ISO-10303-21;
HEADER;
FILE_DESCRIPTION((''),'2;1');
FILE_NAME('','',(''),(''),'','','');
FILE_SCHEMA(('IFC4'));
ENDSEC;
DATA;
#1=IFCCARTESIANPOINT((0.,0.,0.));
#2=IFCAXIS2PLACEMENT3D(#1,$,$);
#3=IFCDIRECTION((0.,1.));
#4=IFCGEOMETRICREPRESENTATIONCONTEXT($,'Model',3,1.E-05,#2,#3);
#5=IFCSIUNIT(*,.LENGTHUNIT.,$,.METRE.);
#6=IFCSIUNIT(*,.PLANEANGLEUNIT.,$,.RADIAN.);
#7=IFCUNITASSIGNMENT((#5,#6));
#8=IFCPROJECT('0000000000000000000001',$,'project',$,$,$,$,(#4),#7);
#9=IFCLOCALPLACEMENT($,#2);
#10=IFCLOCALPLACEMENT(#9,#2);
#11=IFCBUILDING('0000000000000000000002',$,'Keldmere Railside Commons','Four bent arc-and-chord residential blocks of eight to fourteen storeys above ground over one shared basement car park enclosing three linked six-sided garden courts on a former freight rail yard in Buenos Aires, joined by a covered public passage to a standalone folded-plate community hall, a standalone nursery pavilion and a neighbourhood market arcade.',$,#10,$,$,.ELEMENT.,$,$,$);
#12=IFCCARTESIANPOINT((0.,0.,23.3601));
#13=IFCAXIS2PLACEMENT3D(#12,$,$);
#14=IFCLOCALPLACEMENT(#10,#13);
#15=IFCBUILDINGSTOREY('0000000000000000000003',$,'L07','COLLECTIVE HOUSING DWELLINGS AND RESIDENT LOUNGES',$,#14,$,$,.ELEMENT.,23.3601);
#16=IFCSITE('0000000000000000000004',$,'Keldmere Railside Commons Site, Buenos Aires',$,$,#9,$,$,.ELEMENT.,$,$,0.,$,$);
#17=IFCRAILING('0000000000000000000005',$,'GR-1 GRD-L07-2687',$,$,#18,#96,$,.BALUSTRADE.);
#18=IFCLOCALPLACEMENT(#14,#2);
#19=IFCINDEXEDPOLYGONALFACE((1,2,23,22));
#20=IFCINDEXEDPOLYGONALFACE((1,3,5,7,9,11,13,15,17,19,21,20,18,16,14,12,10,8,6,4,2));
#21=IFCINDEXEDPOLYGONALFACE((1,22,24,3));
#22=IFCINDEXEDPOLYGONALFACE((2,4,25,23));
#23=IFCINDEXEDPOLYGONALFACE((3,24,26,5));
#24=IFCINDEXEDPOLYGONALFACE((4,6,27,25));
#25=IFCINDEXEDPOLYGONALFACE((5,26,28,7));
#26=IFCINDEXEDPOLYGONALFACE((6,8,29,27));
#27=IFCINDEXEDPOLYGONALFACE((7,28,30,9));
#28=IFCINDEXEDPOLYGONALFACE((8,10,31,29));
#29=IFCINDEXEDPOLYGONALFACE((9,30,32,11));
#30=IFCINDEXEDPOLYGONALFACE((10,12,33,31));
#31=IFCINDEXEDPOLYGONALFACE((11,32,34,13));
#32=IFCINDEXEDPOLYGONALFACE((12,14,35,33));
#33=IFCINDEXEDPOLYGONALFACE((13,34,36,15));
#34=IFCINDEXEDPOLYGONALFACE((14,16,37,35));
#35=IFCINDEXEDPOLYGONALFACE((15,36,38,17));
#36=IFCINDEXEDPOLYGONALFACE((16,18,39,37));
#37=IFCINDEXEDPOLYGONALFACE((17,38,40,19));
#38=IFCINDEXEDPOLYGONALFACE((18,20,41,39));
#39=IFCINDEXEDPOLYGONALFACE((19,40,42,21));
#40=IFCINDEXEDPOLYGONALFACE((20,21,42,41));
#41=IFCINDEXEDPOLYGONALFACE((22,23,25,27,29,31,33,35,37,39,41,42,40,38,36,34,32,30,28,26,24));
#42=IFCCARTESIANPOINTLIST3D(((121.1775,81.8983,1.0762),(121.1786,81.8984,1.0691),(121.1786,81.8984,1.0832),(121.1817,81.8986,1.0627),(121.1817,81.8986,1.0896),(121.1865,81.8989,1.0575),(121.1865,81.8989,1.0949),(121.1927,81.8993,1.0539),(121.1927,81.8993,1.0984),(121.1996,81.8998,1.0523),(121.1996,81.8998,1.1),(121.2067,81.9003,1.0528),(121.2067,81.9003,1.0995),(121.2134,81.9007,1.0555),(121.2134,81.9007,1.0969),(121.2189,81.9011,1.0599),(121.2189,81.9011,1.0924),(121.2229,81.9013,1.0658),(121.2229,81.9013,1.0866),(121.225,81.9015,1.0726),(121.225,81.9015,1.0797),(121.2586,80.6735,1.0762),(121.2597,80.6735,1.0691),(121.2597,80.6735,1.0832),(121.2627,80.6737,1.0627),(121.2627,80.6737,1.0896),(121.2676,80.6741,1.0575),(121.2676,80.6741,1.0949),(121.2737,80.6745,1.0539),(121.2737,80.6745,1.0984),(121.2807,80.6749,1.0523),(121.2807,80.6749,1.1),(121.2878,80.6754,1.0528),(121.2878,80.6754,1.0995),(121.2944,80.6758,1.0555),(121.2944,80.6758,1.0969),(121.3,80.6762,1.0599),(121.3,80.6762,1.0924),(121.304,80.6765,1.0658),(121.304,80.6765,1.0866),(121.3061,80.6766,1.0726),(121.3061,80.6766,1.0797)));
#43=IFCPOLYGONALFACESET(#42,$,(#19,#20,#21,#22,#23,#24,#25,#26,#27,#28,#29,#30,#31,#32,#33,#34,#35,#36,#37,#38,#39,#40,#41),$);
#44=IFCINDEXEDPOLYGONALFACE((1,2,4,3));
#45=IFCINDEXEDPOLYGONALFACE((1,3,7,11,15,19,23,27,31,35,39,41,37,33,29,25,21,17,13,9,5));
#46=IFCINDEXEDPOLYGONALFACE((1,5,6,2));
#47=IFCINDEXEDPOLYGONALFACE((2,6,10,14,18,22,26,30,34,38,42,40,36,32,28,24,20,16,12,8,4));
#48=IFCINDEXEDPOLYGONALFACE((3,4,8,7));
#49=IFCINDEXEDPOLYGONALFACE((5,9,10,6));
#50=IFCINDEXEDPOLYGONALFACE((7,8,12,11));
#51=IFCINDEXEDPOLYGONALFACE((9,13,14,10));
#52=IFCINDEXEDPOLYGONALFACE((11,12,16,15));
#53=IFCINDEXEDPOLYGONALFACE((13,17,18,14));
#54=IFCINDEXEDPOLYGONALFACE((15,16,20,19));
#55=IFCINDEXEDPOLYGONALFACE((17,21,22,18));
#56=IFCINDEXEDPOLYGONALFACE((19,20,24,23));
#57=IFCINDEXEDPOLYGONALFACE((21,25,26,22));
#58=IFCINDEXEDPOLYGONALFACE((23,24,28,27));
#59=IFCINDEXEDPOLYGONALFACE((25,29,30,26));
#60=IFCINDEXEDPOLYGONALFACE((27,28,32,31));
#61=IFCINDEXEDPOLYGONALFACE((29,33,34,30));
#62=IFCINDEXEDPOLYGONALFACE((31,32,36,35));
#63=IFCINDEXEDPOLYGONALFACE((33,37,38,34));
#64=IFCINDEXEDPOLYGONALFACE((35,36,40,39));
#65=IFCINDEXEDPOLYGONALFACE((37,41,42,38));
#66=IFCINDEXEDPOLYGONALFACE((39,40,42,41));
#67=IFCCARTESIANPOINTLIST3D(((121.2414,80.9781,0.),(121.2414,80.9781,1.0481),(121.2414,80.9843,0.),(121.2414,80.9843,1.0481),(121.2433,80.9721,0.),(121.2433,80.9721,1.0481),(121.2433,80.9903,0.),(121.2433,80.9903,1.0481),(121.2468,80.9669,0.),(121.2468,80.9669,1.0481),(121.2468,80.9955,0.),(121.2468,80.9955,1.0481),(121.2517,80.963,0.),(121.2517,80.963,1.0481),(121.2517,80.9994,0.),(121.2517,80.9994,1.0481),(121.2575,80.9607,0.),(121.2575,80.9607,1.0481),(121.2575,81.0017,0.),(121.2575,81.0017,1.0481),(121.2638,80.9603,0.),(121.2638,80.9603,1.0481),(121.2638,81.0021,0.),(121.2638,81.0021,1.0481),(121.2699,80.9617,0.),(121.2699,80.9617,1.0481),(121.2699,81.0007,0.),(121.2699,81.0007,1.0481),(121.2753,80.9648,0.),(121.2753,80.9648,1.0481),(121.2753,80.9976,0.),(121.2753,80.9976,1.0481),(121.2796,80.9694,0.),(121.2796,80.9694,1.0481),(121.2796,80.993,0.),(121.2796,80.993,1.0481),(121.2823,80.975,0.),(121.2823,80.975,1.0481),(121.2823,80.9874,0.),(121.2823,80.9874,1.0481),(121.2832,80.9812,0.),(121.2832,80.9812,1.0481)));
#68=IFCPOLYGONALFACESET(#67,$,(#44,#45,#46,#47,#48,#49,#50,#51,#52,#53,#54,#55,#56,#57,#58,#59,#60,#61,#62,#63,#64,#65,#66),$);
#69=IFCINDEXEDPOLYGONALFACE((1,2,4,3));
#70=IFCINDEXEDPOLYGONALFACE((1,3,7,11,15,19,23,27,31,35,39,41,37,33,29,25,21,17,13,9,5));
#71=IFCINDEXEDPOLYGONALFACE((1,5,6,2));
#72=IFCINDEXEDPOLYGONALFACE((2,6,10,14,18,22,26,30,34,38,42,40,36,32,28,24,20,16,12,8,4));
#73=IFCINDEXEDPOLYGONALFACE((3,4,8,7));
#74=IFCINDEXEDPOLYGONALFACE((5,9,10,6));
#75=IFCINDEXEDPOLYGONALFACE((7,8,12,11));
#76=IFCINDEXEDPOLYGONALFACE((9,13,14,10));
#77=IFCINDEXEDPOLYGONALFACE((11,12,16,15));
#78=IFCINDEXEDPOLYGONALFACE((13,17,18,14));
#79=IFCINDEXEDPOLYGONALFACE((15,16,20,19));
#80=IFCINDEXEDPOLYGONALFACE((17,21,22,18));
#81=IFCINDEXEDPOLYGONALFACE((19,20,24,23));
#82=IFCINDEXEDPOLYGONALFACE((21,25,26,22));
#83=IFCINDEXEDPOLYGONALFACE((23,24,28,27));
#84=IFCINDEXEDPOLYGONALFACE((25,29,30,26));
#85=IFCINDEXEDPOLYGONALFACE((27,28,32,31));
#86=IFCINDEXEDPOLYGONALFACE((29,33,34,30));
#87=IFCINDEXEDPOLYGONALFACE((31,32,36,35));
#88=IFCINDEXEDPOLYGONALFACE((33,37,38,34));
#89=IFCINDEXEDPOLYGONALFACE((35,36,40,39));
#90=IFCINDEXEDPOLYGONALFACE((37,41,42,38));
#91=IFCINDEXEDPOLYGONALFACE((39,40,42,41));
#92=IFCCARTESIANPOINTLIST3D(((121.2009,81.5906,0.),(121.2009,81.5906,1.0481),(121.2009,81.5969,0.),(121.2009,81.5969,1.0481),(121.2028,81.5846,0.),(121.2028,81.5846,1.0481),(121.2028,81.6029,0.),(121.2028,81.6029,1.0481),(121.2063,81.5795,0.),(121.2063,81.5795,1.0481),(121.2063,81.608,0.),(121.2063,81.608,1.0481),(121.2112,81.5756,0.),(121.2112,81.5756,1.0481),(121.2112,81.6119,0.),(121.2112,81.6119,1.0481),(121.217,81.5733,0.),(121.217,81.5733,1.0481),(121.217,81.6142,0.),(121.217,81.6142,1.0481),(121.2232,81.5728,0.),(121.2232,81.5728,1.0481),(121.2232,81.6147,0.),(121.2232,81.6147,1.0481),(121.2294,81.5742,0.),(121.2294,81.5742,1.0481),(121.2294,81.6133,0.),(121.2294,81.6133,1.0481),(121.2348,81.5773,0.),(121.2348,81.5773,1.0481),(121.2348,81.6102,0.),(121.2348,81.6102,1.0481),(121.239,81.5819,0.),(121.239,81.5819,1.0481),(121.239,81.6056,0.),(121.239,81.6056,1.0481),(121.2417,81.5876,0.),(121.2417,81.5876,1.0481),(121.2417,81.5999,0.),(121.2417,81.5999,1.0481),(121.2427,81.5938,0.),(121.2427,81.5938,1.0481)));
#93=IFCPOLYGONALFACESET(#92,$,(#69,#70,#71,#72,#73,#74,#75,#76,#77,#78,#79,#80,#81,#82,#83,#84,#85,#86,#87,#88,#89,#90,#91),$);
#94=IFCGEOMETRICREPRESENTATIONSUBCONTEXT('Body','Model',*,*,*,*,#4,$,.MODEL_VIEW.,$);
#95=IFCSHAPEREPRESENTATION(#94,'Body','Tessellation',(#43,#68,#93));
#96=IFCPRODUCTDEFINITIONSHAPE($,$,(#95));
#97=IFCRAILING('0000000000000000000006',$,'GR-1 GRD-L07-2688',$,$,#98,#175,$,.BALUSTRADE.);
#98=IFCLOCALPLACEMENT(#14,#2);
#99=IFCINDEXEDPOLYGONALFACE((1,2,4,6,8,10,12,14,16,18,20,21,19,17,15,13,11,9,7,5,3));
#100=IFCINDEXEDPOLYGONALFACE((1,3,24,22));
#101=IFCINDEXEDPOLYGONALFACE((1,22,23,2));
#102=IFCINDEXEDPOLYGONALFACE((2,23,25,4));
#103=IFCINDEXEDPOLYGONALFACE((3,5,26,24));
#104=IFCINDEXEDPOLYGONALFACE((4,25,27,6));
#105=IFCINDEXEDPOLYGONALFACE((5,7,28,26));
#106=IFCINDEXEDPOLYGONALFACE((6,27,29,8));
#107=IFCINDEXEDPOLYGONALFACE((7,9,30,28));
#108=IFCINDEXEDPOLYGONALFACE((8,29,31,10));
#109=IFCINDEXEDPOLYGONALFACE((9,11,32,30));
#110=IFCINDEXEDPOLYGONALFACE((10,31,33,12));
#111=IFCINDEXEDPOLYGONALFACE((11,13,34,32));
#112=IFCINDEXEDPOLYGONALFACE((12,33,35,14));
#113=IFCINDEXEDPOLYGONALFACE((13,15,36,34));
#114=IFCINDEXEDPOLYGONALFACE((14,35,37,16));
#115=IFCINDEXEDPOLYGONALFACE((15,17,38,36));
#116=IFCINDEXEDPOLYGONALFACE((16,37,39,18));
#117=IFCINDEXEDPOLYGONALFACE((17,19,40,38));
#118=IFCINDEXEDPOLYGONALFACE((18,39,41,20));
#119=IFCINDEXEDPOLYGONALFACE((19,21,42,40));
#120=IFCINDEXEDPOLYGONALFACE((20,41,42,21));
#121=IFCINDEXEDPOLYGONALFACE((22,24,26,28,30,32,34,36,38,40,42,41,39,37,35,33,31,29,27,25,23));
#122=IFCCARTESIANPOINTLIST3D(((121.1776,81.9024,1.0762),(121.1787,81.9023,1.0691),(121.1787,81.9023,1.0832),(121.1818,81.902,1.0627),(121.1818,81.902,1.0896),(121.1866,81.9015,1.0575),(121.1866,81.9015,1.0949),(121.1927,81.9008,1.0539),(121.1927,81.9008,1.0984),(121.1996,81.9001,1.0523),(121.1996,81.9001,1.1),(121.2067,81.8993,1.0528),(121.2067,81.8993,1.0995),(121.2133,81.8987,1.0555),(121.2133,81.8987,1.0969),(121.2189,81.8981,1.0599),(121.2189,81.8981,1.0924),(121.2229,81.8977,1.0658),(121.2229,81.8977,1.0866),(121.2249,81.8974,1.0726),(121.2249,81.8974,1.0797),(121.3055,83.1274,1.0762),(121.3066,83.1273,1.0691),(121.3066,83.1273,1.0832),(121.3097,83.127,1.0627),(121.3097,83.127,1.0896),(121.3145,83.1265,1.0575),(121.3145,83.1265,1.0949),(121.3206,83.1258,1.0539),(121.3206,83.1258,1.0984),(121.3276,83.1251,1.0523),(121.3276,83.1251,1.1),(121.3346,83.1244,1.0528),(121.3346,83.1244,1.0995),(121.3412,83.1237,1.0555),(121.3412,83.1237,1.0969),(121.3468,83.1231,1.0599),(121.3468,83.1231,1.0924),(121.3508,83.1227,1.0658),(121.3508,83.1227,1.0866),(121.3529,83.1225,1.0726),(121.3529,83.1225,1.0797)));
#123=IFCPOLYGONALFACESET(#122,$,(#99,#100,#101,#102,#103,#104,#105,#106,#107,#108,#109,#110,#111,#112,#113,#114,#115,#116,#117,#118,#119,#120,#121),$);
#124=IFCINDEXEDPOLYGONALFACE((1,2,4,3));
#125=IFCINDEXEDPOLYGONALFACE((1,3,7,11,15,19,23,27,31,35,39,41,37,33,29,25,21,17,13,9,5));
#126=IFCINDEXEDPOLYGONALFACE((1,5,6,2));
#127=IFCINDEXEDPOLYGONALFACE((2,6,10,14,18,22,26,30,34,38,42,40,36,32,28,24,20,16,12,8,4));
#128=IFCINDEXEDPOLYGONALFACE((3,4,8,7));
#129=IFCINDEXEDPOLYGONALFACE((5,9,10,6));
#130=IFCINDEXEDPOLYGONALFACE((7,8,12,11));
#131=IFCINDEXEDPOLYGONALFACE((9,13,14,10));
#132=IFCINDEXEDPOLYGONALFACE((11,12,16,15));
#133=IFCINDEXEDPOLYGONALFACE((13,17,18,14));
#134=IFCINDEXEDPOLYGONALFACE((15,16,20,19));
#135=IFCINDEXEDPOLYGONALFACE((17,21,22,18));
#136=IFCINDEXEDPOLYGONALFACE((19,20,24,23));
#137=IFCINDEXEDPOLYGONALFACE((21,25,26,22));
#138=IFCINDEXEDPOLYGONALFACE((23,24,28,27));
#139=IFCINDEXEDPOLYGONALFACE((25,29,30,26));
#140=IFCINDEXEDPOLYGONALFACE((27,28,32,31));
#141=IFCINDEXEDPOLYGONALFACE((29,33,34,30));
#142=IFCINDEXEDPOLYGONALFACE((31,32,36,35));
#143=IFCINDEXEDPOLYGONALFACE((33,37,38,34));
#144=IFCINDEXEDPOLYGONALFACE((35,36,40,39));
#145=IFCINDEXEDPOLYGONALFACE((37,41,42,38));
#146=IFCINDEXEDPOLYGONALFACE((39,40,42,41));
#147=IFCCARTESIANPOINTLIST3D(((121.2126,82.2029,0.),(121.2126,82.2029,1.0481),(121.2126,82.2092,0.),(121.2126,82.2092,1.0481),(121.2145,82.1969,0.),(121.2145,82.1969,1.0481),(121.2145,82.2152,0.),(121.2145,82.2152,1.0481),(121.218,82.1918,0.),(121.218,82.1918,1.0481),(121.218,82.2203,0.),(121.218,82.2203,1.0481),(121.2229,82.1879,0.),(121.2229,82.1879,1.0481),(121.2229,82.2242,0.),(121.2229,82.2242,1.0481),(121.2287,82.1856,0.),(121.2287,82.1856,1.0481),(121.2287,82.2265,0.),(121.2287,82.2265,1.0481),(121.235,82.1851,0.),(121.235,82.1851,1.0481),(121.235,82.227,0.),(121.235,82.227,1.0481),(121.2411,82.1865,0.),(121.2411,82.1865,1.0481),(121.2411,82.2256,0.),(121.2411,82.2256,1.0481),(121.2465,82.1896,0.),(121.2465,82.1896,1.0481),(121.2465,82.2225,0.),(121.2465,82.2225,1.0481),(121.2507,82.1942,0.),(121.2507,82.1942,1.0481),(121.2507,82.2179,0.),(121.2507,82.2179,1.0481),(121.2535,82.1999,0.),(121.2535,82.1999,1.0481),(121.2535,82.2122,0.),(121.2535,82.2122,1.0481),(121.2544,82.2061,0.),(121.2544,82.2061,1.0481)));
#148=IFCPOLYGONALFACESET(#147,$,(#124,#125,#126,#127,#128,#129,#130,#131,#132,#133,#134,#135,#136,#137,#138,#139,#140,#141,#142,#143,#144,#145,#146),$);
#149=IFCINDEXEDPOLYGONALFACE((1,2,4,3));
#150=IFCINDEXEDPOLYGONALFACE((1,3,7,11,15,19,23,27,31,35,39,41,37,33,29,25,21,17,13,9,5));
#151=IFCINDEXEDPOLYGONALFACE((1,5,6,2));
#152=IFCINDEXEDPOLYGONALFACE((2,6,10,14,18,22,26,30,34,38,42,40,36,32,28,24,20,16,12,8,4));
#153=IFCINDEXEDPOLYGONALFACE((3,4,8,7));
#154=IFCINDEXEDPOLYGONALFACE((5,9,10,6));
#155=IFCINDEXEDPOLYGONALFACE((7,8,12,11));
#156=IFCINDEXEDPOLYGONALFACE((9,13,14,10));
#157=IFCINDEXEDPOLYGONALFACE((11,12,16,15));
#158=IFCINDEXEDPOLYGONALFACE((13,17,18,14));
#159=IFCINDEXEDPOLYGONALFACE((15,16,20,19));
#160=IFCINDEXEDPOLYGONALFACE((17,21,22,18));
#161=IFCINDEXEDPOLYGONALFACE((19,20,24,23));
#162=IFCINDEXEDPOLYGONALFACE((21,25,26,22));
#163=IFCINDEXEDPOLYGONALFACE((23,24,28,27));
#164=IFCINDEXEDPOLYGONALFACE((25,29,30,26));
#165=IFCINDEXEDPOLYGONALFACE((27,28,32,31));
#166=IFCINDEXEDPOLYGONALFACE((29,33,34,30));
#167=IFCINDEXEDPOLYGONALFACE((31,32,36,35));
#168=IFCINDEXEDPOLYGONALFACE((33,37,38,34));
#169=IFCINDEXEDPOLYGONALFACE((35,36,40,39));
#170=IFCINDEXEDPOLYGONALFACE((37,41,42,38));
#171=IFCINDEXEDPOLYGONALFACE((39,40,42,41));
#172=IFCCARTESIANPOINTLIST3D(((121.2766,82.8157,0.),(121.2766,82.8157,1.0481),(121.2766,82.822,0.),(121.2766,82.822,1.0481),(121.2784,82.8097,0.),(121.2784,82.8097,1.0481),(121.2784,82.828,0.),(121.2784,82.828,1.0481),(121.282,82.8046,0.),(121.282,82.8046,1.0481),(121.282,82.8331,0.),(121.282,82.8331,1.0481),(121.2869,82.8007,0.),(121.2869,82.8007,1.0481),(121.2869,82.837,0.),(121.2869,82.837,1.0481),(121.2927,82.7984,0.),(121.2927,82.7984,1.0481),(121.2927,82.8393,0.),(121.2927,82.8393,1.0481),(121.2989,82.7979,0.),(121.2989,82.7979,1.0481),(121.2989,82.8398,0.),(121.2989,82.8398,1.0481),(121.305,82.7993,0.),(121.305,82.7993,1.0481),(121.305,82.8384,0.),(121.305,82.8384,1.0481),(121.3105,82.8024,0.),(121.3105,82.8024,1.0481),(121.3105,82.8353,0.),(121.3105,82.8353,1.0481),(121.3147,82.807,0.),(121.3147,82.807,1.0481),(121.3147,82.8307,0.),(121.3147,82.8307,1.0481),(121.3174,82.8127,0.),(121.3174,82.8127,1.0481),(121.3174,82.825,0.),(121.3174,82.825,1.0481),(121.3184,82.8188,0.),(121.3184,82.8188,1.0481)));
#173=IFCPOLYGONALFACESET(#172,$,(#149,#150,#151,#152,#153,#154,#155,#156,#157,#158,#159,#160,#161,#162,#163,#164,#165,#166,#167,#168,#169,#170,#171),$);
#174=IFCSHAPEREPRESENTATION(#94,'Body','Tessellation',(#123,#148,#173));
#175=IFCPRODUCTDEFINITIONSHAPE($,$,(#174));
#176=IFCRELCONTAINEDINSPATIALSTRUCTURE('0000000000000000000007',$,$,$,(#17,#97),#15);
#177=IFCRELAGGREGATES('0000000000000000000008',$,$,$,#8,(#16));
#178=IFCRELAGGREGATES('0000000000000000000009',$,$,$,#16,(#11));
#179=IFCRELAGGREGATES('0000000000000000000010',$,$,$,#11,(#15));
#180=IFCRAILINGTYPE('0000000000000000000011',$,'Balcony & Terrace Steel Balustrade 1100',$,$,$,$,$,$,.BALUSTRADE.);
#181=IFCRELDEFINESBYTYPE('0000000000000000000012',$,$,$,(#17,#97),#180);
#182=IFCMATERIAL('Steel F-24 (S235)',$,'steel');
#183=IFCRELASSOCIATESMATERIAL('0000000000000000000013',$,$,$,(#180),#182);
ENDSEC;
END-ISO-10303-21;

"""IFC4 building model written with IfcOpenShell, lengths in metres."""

from ifc_helpers import new_model, si_unit, direction, frame, origin, origin_2d, place, context, subcontext, project, spatial, circle, extrude, material, type_object, element, save


model = new_model("IFC4")

# Units and contexts
model_context = context("Model", 3, precision=1e-05, world=origin(), true_north=direction((0.0, 1.0)))
body_context = subcontext(model_context, "Body", "Model", "MODEL_VIEW")
ifc_project = project(units=[si_unit("LENGTHUNIT", "METRE"), si_unit("PLANEANGLEUNIT", "RADIAN")], contexts=[model_context])

# Site, building, storey
site_placement = place(None, origin())
site = spatial("IfcSite", under=ifc_project, at=site_placement, Name="Keldmere Railside Commons Site, Buenos Aires", CompositionType="ELEMENT", RefElevation=0.0)
building_placement = place(site_placement, origin())
building = spatial("IfcBuilding", under=site, at=building_placement, Name="Keldmere Railside Commons", Description="Four bent arc-and-chord residential blocks of eight to fourteen storeys above ground over one shared basement car park enclosing three linked six-sided garden courts on a former freight rail yard in Buenos Aires, joined by a covered public passage to a standalone folded-plate community hall, a standalone nursery pavilion and a neighbourhood market arcade.", CompositionType="ELEMENT")
storey_placement = place(building_placement, frame((0.0, 0.0, 23.3601)))
storey = spatial("IfcBuildingStorey", under=building, at=storey_placement, Name="L07", Description="COLLECTIVE HOUSING DWELLINGS AND RESIDENT LOUNGES", CompositionType="ELEMENT", Elevation=23.3601)

# Railings
ifc_material_1 = material(Name="Steel F-24 (S235)", Category="steel")
railing_type = type_object("IfcRailingType", Name="Balcony & Terrace Steel Balustrade 1100", PredefinedType="BALUSTRADE", material=ifc_material_1)
railing_1_placement = place(storey_placement, frame((121.2825, 80.675, 0.0)))
element("IfcRailing", 1, at=railing_1_placement, inside=storey, type_object=railing_type, Name="GR-1 GRD-L07-2687", PredefinedType="BALUSTRADE", context=body_context, shape_type="SweptSolid", body=[
    extrude(circle(Radius=0.0239, at=origin_2d()), frame((0.0, 0.0, 1.0762), z_axis=(-0.066031, 0.997818, 0.0), x_axis=(-0.997818, -0.066031, 0.0)), (0.0, 0.0, 1.0), 1.2275),
    extrude(circle(Radius=0.021, at=origin_2d()), frame((-0.0203, 0.3062, 0.0)), (0.0, 0.0, 1.0), 1.0481),
    extrude(circle(Radius=0.021, at=origin_2d()), frame((-0.0608, 0.9187, 0.0)), (0.0, 0.0, 1.0), 1.0481),
])
railing_2_placement = place(storey_placement, frame((121.2014, 81.8999, 0.0)))
element("IfcRailing", 2, at=railing_2_placement, inside=storey, type_object=railing_type, Name="GR-1 GRD-L07-2688", PredefinedType="BALUSTRADE", context=body_context, shape_type="SweptSolid", body=[
    extrude(circle(Radius=0.0239, at=origin_2d()), frame((0.0, 0.0, 1.0762), z_axis=(0.103859, 0.994592, 0.0), x_axis=(-0.994592, 0.103859, 0.0)), (0.0, 0.0, 1.0), 1.2317),
    extrude(circle(Radius=0.021, at=origin_2d()), frame((0.032, 0.3062, 0.0)), (0.0, 0.0, 1.0), 1.0481),
    extrude(circle(Radius=0.021, at=origin_2d()), frame((0.0959, 0.9189, 0.0)), (0.0, 0.0, 1.0), 1.0481),
])

save(model, "model.ifc")
